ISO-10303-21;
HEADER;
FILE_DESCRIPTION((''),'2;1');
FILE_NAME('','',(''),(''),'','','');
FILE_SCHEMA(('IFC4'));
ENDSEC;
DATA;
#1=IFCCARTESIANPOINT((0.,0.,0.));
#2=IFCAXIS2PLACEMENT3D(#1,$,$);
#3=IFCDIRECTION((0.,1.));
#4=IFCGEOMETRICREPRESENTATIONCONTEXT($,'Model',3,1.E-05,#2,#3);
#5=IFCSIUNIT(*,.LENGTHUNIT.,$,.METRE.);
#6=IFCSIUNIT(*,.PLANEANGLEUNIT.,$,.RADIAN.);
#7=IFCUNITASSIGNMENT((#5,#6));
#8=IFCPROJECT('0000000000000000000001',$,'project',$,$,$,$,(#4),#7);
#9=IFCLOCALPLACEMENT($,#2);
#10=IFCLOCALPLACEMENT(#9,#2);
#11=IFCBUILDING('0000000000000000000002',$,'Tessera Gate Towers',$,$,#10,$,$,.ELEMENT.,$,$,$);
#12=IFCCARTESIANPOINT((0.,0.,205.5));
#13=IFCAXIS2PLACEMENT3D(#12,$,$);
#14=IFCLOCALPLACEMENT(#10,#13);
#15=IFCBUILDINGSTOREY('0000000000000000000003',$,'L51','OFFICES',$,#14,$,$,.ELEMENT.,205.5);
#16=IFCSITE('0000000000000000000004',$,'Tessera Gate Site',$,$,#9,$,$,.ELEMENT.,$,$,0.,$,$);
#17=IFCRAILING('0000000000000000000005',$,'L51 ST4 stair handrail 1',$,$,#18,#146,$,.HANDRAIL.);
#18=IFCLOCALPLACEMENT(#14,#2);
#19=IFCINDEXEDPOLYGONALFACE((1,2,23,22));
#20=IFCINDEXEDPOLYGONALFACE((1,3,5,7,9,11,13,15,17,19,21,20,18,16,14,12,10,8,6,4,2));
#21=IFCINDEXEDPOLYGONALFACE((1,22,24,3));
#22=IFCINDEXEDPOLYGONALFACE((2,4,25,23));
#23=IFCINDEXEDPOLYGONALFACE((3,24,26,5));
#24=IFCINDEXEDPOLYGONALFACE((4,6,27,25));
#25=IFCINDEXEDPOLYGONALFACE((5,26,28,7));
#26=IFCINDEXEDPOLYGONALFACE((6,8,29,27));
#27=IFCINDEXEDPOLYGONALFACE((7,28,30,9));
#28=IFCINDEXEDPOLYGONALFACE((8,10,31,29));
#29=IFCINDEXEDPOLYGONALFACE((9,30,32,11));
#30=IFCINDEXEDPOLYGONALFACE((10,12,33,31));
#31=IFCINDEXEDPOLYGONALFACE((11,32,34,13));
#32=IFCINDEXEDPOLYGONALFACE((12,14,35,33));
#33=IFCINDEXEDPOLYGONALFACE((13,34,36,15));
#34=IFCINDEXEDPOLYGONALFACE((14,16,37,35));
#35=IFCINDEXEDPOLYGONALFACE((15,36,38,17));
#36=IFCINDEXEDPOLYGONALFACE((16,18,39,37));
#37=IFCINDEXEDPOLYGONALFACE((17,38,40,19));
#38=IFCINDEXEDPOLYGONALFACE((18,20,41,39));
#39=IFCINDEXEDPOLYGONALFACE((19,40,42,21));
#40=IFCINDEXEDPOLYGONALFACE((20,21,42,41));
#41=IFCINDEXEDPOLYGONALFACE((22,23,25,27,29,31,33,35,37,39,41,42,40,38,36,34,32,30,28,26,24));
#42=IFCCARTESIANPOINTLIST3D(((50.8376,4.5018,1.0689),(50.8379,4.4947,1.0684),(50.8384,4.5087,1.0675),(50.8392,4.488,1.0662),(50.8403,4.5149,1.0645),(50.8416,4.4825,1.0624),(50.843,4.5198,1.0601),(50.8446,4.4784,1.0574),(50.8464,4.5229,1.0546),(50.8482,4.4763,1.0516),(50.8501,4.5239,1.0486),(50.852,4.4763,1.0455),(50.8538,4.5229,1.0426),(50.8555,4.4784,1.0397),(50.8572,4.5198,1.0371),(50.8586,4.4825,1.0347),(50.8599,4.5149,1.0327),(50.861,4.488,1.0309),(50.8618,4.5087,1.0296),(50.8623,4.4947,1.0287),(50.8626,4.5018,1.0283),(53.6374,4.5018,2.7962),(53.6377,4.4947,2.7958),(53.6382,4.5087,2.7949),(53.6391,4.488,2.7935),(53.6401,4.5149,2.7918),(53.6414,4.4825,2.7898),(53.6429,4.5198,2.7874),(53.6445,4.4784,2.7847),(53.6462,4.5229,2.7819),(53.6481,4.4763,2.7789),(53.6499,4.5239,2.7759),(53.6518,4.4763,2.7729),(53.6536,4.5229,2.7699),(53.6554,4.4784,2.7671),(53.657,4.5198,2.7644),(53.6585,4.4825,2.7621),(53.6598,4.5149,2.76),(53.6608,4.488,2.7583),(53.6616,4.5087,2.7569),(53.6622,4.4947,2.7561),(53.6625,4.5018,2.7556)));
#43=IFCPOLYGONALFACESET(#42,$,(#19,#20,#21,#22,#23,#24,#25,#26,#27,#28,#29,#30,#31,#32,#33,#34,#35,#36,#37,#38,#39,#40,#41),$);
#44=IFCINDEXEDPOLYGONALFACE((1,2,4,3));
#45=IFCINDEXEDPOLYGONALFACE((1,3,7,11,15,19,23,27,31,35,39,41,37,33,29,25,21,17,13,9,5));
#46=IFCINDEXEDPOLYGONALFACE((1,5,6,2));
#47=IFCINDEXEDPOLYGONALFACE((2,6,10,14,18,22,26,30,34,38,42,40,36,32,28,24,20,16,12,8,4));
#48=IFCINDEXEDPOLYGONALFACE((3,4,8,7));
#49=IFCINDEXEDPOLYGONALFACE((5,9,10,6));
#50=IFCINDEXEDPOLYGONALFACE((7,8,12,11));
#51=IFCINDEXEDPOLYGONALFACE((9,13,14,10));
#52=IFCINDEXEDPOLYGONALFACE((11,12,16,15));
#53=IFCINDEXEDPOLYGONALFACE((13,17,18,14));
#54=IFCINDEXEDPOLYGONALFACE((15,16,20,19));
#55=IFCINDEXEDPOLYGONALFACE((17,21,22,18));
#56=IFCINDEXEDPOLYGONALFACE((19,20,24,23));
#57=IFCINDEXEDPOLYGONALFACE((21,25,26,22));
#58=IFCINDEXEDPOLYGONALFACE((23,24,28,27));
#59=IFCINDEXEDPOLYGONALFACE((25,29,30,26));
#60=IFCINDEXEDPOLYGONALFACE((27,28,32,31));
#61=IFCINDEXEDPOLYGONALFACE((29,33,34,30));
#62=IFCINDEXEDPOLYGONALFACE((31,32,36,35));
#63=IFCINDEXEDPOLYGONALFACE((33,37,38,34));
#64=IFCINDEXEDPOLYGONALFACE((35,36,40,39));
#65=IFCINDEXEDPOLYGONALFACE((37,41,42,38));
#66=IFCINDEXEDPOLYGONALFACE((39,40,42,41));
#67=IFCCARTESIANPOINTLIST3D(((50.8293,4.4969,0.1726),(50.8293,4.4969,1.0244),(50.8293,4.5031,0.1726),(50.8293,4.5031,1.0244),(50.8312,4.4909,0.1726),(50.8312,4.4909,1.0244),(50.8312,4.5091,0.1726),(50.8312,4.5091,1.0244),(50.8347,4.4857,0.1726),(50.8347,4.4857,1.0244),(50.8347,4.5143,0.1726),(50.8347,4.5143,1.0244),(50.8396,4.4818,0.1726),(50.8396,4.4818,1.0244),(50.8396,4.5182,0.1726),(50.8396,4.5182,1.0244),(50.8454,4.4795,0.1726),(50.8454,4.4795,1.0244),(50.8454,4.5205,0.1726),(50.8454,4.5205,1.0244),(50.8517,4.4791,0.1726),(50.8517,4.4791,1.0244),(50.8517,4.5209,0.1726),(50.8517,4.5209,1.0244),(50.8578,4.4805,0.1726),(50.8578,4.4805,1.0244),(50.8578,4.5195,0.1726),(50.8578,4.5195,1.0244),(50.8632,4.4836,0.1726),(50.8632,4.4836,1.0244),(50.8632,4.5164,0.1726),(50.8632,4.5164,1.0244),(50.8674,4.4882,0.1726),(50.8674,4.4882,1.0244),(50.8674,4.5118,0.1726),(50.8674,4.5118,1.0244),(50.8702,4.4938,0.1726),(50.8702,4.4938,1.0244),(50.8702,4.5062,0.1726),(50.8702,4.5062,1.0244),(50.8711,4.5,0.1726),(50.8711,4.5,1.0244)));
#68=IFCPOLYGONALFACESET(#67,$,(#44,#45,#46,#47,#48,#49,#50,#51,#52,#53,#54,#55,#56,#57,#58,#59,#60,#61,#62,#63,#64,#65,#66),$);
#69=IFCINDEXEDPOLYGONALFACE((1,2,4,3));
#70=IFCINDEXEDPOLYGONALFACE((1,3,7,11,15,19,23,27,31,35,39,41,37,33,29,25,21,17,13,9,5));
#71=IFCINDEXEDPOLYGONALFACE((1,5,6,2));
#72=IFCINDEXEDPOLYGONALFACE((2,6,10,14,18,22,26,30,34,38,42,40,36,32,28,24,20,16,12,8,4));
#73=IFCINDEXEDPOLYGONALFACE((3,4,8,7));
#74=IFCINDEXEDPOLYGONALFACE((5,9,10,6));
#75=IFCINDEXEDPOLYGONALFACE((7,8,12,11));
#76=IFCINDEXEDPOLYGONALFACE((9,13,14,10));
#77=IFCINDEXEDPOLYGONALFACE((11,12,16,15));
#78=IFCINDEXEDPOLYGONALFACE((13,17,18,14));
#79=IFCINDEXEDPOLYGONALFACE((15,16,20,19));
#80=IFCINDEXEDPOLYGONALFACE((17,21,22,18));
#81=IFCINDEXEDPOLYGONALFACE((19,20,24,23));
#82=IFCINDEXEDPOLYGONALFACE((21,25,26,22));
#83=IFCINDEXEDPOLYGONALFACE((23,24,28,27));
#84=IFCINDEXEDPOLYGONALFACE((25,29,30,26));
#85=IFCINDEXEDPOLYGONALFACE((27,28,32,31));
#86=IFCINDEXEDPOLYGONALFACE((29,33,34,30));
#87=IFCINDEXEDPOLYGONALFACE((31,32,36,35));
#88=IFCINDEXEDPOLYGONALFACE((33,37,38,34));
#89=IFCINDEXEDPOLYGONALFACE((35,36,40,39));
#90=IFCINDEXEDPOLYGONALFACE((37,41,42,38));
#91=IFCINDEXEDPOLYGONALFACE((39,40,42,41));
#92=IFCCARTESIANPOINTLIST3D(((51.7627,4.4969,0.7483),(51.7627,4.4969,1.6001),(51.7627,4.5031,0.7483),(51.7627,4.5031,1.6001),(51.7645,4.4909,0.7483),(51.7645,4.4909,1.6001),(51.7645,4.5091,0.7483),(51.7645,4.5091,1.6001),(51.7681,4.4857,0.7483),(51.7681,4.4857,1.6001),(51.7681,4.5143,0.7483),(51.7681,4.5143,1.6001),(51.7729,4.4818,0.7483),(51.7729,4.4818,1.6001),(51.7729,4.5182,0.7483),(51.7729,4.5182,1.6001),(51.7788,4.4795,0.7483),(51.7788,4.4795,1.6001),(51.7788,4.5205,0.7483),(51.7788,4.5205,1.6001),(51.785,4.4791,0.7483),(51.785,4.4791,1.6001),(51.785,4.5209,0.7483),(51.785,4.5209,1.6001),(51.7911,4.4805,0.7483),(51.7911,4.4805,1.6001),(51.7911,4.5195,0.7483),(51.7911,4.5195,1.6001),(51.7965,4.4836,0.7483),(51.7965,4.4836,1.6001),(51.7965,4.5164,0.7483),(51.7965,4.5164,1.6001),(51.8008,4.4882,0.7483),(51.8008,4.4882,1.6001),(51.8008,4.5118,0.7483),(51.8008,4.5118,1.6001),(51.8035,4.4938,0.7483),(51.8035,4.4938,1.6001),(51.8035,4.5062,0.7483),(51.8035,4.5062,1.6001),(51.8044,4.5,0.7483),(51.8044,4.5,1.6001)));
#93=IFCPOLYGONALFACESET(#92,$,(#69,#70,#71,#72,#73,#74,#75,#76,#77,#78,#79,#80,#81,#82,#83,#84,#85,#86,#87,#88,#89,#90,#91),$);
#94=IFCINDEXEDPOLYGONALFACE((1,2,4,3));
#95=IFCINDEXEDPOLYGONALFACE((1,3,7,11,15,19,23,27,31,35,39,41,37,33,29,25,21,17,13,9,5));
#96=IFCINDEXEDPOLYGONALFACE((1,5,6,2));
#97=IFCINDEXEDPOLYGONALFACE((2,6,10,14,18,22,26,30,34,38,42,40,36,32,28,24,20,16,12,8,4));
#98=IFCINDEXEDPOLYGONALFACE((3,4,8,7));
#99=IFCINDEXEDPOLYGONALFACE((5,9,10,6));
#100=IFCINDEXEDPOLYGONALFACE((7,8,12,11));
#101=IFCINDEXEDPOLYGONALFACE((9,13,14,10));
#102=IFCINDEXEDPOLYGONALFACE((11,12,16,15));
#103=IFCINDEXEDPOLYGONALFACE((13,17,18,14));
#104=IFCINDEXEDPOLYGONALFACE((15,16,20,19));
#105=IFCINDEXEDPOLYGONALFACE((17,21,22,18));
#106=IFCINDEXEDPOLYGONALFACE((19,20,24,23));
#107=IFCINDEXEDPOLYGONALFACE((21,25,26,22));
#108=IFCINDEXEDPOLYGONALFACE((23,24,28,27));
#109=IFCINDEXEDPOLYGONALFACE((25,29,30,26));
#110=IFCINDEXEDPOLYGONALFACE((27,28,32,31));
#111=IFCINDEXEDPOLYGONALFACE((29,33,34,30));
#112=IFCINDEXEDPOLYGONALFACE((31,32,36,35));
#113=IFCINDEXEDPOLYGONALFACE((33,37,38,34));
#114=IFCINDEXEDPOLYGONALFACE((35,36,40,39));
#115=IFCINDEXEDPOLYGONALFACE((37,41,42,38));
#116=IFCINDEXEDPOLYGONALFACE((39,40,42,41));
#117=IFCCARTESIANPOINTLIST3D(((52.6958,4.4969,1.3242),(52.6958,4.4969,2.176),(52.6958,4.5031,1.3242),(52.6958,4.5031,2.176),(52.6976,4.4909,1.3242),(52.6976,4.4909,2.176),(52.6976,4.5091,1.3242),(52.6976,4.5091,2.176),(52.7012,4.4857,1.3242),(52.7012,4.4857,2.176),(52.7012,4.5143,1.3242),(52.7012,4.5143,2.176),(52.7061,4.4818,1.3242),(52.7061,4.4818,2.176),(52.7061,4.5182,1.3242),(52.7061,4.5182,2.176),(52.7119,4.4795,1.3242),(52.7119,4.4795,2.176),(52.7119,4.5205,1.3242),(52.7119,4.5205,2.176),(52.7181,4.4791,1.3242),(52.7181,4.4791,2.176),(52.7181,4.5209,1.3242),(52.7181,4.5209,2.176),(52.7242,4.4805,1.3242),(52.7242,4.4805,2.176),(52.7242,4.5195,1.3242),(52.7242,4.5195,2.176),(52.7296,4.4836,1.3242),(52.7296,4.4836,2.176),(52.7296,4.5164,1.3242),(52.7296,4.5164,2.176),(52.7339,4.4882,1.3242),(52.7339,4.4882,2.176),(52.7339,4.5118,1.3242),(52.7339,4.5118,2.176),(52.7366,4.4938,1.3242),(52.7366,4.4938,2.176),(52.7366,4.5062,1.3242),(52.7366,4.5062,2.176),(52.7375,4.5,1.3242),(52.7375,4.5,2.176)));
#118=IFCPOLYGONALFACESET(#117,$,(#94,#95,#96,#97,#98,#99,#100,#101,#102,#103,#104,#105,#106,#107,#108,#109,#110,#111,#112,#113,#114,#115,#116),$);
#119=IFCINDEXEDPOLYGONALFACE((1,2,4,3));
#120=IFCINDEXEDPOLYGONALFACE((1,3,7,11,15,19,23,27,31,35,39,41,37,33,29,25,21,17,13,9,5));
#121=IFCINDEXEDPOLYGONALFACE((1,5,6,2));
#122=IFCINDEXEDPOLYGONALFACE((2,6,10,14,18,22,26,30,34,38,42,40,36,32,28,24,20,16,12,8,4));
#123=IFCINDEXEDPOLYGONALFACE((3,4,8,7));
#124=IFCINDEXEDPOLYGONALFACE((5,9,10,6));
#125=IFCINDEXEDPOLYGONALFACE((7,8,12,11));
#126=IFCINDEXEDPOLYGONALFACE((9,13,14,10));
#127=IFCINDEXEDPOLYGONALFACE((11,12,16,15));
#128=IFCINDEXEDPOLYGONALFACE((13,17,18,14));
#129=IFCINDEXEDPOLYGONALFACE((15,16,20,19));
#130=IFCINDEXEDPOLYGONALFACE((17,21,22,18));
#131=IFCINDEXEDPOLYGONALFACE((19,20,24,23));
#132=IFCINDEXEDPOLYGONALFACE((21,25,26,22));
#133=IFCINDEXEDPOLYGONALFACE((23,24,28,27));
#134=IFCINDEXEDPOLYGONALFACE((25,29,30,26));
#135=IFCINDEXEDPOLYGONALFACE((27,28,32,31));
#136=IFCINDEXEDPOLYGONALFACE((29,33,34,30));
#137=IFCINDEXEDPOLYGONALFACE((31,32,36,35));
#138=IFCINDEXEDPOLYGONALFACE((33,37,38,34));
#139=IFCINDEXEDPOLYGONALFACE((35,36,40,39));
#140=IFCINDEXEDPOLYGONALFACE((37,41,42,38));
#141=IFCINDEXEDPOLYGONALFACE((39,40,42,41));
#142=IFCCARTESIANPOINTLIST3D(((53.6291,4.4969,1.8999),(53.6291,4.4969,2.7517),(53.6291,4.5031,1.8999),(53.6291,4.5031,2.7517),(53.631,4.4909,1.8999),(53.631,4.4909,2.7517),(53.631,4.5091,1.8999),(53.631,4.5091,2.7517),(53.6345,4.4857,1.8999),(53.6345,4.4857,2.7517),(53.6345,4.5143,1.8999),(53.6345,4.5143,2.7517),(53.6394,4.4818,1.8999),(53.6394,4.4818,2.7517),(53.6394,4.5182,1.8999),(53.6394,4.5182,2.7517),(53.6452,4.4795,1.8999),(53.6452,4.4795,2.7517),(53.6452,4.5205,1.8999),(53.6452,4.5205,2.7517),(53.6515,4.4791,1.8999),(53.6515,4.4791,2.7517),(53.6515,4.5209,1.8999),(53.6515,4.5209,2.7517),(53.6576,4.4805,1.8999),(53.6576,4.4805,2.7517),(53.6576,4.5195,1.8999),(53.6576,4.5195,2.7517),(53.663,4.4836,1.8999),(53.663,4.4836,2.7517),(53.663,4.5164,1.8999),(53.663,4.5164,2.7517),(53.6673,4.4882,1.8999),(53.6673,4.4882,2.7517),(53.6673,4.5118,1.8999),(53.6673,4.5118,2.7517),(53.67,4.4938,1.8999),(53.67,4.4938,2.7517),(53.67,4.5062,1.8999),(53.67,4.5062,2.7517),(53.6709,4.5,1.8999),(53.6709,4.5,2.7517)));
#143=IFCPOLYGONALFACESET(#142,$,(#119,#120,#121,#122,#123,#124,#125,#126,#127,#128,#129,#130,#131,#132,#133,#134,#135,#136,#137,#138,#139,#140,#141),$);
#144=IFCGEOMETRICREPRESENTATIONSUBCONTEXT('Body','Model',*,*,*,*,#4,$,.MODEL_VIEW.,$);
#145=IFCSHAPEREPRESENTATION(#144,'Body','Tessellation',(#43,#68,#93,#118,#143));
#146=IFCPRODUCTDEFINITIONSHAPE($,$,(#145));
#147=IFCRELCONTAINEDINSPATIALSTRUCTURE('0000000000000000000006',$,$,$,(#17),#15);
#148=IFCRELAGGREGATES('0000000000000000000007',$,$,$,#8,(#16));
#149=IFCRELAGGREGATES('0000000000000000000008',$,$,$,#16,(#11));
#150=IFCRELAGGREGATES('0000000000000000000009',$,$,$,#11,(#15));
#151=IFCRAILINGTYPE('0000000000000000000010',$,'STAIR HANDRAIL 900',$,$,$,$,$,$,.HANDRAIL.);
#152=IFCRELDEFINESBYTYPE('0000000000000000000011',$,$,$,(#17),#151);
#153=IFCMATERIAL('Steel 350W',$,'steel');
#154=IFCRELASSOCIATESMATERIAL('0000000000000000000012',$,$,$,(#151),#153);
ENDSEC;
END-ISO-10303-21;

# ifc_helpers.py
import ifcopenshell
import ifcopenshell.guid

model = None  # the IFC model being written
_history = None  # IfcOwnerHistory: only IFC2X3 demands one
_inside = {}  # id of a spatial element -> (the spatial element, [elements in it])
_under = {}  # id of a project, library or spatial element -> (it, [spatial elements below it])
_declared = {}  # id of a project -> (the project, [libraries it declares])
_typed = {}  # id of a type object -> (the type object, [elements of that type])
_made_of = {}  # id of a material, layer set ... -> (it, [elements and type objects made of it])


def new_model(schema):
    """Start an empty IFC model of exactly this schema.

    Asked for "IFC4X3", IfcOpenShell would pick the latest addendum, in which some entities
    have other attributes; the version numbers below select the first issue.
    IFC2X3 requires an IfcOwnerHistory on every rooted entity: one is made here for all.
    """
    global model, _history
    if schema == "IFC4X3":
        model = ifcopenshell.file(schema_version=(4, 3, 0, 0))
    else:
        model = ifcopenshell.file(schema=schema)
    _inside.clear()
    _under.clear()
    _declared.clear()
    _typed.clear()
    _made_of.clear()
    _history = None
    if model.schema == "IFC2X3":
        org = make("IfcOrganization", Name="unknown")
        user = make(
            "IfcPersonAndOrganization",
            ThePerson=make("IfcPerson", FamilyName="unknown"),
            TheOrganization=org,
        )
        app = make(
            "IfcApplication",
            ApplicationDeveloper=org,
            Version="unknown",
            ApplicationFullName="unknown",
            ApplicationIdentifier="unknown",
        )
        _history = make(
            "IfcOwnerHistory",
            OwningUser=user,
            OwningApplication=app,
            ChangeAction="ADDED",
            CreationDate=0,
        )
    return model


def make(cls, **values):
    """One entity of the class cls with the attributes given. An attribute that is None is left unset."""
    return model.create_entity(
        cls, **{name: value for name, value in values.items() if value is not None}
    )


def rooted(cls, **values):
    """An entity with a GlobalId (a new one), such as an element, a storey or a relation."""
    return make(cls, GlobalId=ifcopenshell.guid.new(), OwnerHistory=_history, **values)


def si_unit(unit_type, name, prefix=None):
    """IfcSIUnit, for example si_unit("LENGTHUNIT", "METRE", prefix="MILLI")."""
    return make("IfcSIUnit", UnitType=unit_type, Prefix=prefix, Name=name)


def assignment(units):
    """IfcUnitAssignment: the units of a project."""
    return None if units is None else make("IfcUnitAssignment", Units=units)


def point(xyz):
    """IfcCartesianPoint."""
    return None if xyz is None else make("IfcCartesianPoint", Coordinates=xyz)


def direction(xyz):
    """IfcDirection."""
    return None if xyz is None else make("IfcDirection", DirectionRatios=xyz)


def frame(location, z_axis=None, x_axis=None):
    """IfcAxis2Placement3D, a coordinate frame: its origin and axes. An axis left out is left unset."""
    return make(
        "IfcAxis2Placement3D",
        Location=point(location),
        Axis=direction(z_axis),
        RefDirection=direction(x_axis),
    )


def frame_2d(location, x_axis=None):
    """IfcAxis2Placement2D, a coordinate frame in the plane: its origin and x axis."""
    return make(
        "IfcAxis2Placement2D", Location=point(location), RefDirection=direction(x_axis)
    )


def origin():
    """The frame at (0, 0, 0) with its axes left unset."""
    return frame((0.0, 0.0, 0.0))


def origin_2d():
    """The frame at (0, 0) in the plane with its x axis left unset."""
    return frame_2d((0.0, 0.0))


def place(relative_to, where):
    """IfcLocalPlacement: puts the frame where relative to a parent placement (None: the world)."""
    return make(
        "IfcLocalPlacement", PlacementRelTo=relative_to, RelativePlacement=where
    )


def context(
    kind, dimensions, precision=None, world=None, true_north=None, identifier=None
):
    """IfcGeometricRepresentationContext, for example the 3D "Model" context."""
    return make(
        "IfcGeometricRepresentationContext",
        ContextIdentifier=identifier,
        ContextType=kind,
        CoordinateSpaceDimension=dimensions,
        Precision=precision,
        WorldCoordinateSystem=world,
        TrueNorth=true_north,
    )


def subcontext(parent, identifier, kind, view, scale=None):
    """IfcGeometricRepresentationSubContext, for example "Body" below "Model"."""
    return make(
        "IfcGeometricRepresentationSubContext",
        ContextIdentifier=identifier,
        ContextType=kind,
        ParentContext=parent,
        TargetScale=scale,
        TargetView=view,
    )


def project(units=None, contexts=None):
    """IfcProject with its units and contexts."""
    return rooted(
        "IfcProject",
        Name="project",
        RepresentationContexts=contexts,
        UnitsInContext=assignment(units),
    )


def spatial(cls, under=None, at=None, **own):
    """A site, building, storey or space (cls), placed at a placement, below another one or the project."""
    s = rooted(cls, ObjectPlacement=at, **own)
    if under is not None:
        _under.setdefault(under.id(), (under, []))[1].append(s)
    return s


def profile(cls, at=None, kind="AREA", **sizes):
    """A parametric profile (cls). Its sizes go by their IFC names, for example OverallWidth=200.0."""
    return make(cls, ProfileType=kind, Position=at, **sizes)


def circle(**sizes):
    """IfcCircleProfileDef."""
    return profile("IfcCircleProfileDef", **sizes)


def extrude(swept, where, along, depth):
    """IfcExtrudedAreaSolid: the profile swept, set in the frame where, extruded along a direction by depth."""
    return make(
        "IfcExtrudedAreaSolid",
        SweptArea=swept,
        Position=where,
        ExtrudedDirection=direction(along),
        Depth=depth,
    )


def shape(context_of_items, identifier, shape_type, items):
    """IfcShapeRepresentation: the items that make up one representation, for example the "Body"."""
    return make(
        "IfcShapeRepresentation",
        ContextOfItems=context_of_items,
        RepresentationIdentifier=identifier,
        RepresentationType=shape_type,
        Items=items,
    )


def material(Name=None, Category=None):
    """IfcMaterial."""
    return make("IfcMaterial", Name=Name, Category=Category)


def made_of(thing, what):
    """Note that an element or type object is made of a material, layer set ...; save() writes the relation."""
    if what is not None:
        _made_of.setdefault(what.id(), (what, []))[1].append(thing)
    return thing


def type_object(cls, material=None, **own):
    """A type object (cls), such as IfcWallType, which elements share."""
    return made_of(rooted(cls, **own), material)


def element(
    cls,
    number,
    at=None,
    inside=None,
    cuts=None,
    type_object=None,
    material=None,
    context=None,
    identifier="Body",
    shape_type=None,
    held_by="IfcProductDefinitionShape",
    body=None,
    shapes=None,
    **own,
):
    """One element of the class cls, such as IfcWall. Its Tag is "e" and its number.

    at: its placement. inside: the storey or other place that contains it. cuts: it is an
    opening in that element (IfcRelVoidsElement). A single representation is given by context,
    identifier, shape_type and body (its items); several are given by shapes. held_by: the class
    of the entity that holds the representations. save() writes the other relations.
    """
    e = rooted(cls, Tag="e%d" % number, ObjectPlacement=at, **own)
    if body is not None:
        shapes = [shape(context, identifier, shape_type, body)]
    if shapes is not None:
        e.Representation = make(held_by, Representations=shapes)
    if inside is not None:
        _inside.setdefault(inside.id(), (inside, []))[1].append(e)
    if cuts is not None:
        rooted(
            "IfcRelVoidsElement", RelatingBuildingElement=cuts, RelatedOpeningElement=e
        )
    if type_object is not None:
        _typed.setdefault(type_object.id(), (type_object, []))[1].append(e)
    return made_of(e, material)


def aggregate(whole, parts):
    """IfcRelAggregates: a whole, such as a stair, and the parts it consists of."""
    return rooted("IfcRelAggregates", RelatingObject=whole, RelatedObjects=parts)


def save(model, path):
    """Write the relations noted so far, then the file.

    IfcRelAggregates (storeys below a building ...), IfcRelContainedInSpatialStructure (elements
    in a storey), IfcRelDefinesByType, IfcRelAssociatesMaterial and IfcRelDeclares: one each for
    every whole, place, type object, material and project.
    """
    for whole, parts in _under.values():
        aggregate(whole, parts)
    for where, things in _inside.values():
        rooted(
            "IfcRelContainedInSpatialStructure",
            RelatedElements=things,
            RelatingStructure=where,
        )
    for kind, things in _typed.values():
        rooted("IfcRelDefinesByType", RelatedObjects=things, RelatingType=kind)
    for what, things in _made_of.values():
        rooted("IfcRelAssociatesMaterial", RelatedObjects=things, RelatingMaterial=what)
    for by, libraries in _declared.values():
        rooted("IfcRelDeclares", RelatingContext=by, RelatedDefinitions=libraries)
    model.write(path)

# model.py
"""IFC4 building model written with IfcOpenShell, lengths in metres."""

from ifc_helpers import new_model, si_unit, direction, frame, origin, origin_2d, place, context, subcontext, project, spatial, circle, extrude, material, type_object, element, save


model = new_model("IFC4")

# Units and contexts
model_context = context("Model", 3, precision=1e-05, world=origin(), true_north=direction((0.0, 1.0)))
body_context = subcontext(model_context, "Body", "Model", "MODEL_VIEW")
ifc_project = project(units=[si_unit("LENGTHUNIT", "METRE"), si_unit("PLANEANGLEUNIT", "RADIAN")], contexts=[model_context])

# Site, building, storey
site_placement = place(None, origin())
site = spatial("IfcSite", under=ifc_project, at=site_placement, Name="Tessera Gate Site", CompositionType="ELEMENT", RefElevation=0.0)
building_placement = place(site_placement, origin())
building = spatial("IfcBuilding", under=site, at=building_placement, Name="Tessera Gate Towers", CompositionType="ELEMENT")
storey_placement = place(building_placement, frame((0.0, 0.0, 205.5)))
storey = spatial("IfcBuildingStorey", under=building, at=storey_placement, Name="L51", Description="OFFICES", CompositionType="ELEMENT", Elevation=205.5)

# Railing
ifc_material_1 = material(Name="Steel 350W", Category="steel")
railing_type_1 = type_object("IfcRailingType", Name="STAIR HANDRAIL 900", PredefinedType="HANDRAIL", material=ifc_material_1)
railing_1_placement = place(storey_placement, frame((50.8501, 4.5, 0.1726)))
element("IfcRailing", 1, at=railing_1_placement, inside=storey, type_object=railing_type_1, Name="L51 ST4 stair handrail 1", PredefinedType="HANDRAIL", context=body_context, shape_type="SweptSolid", body=[
    extrude(circle(Radius=0.0239, at=origin_2d()), frame((0.0, 0.0, 0.876), z_axis=(0.851069, 0.0, 0.525054), x_axis=(0.0, 1.0, 0.0)), (0.0, 0.0, 1.0), 3.2898),
    extrude(circle(Radius=0.021, at=origin_2d()), origin(), (0.0, 0.0, 1.0), 0.8518),
    extrude(circle(Radius=0.021, at=origin_2d()), frame((0.9333, 0.0, 0.5757)), (0.0, 0.0, 1.0), 0.8518),
    extrude(circle(Radius=0.021, at=origin_2d()), frame((1.8665, 0.0, 1.1516)), (0.0, 0.0, 1.0), 0.8518),
    extrude(circle(Radius=0.021, at=origin_2d()), frame((2.7998, 0.0, 1.7273)), (0.0, 0.0, 1.0), 0.8518),
])

save(model, "model.ifc")
